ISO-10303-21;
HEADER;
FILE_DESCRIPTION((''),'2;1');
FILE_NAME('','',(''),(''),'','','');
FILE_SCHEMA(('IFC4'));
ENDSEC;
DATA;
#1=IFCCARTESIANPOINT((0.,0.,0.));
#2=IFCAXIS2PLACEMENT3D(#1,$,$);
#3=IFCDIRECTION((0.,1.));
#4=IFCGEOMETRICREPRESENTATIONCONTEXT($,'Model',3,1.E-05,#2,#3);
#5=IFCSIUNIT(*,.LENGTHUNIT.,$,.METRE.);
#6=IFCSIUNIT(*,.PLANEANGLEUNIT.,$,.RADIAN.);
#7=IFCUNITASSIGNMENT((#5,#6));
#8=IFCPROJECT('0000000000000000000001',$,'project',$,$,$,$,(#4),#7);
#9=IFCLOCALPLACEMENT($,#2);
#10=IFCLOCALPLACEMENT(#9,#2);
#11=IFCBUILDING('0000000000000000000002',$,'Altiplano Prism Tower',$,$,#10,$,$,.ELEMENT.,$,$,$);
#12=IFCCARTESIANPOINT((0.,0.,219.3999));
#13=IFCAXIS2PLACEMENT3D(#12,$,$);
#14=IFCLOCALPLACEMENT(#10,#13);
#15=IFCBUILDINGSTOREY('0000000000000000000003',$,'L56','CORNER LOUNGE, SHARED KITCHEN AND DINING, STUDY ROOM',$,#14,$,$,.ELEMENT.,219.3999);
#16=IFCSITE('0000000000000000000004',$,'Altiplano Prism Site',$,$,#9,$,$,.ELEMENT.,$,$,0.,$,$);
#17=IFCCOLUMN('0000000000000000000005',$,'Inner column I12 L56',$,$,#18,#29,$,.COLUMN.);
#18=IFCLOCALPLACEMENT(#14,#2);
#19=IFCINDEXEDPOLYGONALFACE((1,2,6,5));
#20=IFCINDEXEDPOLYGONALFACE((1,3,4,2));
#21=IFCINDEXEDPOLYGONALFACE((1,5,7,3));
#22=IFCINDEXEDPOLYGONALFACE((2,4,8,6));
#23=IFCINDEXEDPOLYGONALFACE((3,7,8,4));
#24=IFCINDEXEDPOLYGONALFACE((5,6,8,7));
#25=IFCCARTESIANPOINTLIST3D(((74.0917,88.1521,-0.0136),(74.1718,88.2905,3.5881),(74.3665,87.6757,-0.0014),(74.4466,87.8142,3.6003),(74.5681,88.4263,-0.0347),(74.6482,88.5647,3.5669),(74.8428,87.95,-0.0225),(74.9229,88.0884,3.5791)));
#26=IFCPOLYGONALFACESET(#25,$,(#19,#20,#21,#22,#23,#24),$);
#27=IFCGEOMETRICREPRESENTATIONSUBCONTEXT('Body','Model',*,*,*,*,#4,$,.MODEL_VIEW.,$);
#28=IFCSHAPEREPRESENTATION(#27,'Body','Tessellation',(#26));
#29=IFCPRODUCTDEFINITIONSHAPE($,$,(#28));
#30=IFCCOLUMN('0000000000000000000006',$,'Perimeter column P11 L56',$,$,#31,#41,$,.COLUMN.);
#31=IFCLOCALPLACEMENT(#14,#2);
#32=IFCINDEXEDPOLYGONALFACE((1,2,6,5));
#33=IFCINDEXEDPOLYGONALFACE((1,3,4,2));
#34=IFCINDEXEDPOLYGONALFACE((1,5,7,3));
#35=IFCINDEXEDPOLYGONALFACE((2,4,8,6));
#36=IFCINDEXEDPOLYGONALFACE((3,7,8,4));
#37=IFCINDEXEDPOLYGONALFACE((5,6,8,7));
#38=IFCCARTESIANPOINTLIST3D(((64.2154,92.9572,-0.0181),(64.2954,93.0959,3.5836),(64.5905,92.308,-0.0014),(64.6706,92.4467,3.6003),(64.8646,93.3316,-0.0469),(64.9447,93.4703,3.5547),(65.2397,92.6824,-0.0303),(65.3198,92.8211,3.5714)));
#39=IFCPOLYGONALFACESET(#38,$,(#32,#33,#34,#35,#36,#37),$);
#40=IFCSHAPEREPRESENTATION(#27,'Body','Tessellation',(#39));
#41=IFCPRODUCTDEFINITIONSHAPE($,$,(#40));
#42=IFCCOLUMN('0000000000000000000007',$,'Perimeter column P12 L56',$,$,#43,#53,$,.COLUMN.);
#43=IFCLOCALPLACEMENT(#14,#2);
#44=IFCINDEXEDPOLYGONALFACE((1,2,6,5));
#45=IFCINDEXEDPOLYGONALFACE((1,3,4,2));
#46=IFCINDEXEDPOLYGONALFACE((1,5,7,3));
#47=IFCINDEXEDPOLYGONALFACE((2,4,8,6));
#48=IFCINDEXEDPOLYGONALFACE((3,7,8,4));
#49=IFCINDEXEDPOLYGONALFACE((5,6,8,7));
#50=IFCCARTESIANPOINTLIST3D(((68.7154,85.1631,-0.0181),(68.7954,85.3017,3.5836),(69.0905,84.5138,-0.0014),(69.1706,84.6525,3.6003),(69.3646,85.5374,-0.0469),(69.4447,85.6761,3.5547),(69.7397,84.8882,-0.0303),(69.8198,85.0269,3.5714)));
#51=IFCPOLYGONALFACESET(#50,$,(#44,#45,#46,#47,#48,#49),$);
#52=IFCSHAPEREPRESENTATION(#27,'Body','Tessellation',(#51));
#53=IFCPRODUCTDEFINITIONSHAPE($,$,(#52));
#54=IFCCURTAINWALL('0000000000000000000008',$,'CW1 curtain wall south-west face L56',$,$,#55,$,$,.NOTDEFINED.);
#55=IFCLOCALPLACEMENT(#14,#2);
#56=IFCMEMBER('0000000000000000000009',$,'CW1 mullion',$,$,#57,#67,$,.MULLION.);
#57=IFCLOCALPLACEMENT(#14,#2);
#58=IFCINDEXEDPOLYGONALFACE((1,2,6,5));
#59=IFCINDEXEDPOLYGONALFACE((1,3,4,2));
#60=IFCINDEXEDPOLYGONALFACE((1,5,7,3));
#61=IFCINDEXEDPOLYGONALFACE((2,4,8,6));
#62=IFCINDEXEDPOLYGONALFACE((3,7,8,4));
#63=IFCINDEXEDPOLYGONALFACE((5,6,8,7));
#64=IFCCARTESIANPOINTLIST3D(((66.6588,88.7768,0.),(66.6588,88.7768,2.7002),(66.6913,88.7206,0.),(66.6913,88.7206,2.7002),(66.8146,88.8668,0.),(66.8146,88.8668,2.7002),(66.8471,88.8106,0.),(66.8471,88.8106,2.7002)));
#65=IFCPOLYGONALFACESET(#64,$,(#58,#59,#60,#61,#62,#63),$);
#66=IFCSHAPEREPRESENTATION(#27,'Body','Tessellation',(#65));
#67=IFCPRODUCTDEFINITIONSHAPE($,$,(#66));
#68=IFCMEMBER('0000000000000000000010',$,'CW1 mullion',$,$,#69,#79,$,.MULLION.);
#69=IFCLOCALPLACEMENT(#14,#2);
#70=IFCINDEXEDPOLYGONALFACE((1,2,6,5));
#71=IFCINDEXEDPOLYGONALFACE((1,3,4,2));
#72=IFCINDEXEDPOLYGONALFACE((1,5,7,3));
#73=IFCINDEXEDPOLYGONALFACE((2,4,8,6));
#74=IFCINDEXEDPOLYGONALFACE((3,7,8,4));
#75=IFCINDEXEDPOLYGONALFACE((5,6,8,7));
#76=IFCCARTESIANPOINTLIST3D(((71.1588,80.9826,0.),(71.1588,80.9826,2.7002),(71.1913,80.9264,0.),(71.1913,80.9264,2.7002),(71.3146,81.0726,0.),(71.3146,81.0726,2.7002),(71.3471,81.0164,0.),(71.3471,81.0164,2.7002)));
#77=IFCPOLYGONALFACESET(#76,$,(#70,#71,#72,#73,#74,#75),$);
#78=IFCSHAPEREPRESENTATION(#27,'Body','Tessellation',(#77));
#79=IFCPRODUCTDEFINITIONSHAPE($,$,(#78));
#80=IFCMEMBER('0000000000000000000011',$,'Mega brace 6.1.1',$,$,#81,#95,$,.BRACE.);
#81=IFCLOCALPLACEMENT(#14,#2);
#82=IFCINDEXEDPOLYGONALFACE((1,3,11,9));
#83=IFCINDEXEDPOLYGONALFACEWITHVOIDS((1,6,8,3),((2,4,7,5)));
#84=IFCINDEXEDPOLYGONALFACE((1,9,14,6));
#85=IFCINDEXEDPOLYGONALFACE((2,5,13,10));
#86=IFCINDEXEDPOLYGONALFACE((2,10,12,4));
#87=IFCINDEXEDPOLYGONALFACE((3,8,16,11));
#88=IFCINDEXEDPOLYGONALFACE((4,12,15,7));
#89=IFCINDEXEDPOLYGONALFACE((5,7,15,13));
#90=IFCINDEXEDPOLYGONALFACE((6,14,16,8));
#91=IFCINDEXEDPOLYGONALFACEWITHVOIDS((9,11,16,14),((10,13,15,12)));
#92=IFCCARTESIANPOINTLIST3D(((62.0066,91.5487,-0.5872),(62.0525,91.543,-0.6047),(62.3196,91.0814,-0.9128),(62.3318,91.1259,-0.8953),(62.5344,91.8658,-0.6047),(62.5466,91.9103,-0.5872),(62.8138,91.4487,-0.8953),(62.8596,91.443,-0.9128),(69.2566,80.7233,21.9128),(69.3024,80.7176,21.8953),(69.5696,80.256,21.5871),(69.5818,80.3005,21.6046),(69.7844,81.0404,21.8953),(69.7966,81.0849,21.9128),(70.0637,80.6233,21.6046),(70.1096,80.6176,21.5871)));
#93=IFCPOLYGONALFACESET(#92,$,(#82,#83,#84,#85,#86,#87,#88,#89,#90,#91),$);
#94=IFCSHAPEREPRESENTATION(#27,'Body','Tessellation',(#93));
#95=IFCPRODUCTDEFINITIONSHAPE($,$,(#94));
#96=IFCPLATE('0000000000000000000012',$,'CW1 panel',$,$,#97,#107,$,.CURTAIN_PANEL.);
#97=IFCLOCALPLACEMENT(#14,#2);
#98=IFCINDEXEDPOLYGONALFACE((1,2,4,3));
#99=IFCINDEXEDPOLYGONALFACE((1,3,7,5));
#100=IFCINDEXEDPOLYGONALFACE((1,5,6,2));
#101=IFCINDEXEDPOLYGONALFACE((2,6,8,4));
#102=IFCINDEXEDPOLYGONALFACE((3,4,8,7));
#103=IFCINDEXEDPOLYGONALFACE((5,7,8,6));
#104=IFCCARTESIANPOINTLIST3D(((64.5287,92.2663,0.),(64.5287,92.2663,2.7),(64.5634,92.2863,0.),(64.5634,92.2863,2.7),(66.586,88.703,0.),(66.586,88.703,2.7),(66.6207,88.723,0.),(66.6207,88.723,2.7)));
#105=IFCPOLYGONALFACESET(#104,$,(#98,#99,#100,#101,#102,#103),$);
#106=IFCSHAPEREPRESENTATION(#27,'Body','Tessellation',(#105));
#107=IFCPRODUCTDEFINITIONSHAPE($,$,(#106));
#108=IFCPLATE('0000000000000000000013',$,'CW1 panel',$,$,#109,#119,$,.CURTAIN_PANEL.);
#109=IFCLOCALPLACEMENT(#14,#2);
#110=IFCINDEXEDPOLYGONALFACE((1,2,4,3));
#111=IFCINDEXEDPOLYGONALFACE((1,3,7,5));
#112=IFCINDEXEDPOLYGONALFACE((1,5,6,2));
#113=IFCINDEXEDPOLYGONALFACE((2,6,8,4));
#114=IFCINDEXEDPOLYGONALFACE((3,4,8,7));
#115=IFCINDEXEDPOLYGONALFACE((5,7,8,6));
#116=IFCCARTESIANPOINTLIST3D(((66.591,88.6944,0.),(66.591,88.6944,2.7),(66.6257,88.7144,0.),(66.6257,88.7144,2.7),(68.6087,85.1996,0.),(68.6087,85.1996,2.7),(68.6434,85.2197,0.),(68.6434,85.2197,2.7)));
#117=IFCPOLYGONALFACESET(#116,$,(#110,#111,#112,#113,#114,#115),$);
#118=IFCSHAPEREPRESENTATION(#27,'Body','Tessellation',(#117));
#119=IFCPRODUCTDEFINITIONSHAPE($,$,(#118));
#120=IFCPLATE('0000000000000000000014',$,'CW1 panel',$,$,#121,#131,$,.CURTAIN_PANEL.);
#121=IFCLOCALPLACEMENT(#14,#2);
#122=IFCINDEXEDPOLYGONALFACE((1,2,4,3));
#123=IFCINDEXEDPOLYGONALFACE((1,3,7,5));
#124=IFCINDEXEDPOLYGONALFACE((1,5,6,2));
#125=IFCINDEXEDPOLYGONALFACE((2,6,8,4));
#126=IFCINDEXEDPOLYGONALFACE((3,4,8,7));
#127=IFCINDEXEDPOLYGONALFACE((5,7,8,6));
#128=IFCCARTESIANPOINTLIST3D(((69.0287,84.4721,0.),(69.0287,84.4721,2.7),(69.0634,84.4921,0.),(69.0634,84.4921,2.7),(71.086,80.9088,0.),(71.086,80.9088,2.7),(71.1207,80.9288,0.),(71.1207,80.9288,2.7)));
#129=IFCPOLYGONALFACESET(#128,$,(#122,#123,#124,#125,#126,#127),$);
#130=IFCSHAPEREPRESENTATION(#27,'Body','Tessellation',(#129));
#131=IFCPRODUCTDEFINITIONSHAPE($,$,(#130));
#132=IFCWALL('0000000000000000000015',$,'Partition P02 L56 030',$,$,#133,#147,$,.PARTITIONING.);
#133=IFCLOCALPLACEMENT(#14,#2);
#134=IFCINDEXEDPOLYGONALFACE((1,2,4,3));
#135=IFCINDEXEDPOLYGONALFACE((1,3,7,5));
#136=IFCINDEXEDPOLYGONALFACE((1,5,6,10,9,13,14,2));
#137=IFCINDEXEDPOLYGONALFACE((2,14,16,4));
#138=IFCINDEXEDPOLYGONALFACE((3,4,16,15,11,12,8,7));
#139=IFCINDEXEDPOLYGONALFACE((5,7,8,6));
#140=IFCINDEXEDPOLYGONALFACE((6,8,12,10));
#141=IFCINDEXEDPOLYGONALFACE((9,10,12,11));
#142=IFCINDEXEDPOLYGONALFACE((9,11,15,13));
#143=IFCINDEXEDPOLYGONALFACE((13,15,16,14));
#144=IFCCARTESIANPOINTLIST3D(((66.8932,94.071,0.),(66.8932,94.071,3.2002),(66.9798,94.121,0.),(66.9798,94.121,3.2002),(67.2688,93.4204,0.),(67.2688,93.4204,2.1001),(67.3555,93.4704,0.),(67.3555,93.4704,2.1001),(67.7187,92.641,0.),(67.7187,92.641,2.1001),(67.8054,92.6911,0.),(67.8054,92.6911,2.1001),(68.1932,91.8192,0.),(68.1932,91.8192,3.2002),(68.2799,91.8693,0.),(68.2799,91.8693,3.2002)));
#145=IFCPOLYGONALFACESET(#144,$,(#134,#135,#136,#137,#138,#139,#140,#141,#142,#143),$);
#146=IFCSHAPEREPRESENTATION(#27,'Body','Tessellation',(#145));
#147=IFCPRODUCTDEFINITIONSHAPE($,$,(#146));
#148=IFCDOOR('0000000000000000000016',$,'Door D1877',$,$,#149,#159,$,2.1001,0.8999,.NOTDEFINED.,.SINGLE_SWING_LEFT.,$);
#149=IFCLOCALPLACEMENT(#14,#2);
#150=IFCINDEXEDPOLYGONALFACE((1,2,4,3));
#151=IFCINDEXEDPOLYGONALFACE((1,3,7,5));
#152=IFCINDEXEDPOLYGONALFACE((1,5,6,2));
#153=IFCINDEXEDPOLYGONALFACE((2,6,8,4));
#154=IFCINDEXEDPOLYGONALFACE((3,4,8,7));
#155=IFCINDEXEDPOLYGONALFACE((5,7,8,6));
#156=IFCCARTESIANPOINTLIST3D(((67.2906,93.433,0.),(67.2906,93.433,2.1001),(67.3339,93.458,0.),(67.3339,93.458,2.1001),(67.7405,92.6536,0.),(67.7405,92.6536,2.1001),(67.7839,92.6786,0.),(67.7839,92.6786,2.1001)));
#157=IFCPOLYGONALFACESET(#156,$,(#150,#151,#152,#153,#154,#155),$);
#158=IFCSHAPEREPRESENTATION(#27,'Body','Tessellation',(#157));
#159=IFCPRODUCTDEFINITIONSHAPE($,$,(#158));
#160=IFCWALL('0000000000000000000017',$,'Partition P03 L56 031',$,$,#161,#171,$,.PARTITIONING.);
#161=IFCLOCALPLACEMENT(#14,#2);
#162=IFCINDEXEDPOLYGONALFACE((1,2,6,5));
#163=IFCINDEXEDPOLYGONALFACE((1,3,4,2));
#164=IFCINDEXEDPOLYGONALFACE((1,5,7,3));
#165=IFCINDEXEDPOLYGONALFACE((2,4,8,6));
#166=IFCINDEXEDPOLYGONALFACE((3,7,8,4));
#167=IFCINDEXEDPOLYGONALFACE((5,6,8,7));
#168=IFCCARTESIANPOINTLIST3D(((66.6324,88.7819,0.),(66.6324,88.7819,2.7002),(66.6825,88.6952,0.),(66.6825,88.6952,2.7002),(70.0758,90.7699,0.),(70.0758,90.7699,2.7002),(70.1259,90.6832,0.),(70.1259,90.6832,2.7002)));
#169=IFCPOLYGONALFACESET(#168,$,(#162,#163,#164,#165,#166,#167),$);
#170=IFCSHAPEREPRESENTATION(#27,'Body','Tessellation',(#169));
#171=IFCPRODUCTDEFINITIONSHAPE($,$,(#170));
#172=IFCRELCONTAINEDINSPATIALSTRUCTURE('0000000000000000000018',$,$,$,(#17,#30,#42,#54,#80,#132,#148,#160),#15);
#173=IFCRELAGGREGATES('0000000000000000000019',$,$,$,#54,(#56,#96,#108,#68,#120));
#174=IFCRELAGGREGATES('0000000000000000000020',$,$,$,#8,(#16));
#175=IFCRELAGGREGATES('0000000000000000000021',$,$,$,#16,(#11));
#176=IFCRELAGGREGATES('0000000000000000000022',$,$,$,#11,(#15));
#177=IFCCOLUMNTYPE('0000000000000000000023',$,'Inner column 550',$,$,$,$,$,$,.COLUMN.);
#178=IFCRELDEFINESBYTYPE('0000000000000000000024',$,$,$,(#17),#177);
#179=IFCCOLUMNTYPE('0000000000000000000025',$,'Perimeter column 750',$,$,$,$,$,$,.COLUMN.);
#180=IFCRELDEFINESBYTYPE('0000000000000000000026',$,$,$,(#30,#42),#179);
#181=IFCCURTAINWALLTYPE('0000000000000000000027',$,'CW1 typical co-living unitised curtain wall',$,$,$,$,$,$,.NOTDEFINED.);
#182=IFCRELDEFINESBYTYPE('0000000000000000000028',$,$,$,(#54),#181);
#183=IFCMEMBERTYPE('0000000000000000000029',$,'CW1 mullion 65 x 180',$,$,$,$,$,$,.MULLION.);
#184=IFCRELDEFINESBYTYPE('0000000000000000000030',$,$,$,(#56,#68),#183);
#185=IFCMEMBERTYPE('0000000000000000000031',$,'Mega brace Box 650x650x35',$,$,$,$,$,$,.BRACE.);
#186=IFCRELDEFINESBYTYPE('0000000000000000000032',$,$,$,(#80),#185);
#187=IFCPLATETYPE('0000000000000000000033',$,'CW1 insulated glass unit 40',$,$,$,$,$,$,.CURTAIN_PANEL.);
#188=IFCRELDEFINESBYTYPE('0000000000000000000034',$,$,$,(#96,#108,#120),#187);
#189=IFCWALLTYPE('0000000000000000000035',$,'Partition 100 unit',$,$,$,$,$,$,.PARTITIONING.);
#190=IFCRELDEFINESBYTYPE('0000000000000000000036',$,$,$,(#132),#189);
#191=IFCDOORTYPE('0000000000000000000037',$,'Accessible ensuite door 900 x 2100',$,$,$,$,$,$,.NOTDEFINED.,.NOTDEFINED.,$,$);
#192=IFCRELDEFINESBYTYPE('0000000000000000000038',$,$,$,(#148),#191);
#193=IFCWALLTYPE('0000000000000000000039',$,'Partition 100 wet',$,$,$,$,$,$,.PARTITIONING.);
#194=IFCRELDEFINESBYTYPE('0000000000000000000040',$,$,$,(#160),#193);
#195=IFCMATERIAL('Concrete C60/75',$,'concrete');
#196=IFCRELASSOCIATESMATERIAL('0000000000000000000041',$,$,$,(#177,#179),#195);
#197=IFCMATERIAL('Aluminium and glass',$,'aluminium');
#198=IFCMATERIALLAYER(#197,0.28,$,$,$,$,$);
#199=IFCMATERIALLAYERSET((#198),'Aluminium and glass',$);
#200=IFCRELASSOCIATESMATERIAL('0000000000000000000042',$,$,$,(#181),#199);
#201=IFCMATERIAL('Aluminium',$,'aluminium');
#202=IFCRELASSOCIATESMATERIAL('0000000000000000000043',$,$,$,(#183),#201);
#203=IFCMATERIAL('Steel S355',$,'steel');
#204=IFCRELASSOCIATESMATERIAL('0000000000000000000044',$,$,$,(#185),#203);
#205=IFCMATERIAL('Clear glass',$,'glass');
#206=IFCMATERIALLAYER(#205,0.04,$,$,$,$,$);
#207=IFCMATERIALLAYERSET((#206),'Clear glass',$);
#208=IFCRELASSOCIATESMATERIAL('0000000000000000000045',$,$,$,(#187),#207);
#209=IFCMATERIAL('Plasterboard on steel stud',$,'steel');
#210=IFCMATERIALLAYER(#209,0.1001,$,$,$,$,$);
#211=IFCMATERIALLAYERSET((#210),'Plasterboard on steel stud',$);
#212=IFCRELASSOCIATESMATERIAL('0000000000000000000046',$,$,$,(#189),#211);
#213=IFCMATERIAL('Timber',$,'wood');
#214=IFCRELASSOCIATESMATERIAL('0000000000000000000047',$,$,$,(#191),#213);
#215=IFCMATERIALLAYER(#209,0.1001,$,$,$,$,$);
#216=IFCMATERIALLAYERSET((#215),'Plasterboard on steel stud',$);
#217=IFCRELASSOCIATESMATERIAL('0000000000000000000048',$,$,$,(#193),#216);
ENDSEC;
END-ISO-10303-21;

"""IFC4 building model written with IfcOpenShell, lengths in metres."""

from ifc_helpers import new_model, si_unit, direction, frame, frame_2d, origin, origin_2d, place, context, subcontext, project, spatial, rectangle, hollow_rectangle, extrude, material, layer, layer_set, material_profile, profile_set, type_object, element, fill, aggregate, save


model = new_model("IFC4")

# Units and contexts
model_context = context("Model", 3, precision=1e-05, world=origin(), true_north=direction((0.0, 1.0)))
body_context = subcontext(model_context, "Body", "Model", "MODEL_VIEW")
ifc_project = project(units=[si_unit("LENGTHUNIT", "METRE"), si_unit("PLANEANGLEUNIT", "RADIAN")], contexts=[model_context])

# Site, building, storey
site_placement = place(None, origin())
site = spatial("IfcSite", under=ifc_project, at=site_placement, Name="Altiplano Prism Site", CompositionType="ELEMENT", RefElevation=0.0)
building_placement = place(site_placement, origin())
building = spatial("IfcBuilding", under=site, at=building_placement, Name="Altiplano Prism Tower", CompositionType="ELEMENT")
storey_placement = place(building_placement, frame((0.0, 0.0, 219.3999)))
storey = spatial("IfcBuildingStorey", under=building, at=storey_placement, Name="L56", Description="CORNER LOUNGE, SHARED KITCHEN AND DINING, STUDY ROOM", CompositionType="ELEMENT", Elevation=219.3999)

# Columns
ifc_material_1 = material(Name="Concrete C60/75", Category="concrete")
ifc_material_profile_1 = material_profile(ifc_material_1, rectangle(XDim=0.55, YDim=0.55, at=origin_2d()), Name="Inner column 550")
ifc_profile_set_1 = profile_set([ifc_material_profile_1], Name="Concrete C60/75")
column_type_1 = type_object("IfcColumnType", Name="Inner column 550", PredefinedType="COLUMN", material=ifc_profile_set_1)
column_placement = place(storey_placement, frame((74.4673, 88.051, -0.0181), z_axis=(0.022212, 0.038398, 0.999016), x_axis=(-0.866024, -0.498524, 0.038416)))
element("IfcColumn", 1, at=column_placement, inside=storey, type_object=column_type_1, Name="Inner column I12 L56", PredefinedType="COLUMN", context=body_context, shape_type="SweptSolid", body=[
    extrude(rectangle(XDim=0.55, YDim=0.55, at=origin_2d()), origin(), (0.0, 0.0, 1.0), 3.6052),
])
ifc_material_profile_2 = material_profile(ifc_material_1, rectangle(XDim=0.75, YDim=0.75, at=origin_2d()), Name="Perimeter column 750")
ifc_profile_set_2 = profile_set([ifc_material_profile_2], Name="Concrete C60/75")
column_type_2 = type_object("IfcColumnType", Name="Perimeter column 750", PredefinedType="COLUMN", material=ifc_profile_set_2)
for number, where, z_axis, x_axis, name in (
    (2, (64.7275, 92.8198, -0.0242), (0.022212, 0.038465, 0.999013), (-0.865642, -0.499183, 0.038467), "Perimeter column P11 L56"),
    (3, (69.2275, 85.0256, -0.0242), (0.022212, 0.038465, 0.999013), (-0.865642, -0.499183, 0.038467), "Perimeter column P12 L56"),
):
    element("IfcColumn", number, at=place(storey_placement, frame(where, z_axis=z_axis, x_axis=x_axis)), inside=storey, type_object=column_type_2, Name=name, PredefinedType="COLUMN", context=body_context, shape_type="SweptSolid", body=[
        extrude(rectangle(XDim=0.75, YDim=0.75, at=origin_2d()), origin(), (0.0, 0.0, 1.0), 3.6052),
    ])

# Curtain wall, members
ifc_material_2 = material(Name="Aluminium and glass", Category="aluminium")
ifc_layer_1 = layer(ifc_material_2, 0.28)
ifc_layer_set_1 = layer_set([ifc_layer_1], Name="Aluminium and glass")
curtain_wall_type = type_object("IfcCurtainWallType", Name="CW1 typical co-living unitised curtain wall", PredefinedType="NOTDEFINED", material=ifc_layer_set_1)
curtain_wall_placement = place(storey_placement, origin())
curtain_wall = element("IfcCurtainWall", 4, at=curtain_wall_placement, inside=storey, type_object=curtain_wall_type, Name="CW1 curtain wall south-west face L56", PredefinedType="NOTDEFINED")
ifc_material_3 = material(Name="Aluminium", Category="aluminium")
ifc_material_profile_3 = material_profile(ifc_material_3, rectangle(XDim=0.1799, YDim=0.0649, at=origin_2d()), Name="CW1 mullion 65 x 180")
ifc_profile_set_3 = profile_set([ifc_material_profile_3], Name="Aluminium")
member_type_1 = type_object("IfcMemberType", Name="CW1 mullion 65 x 180", PredefinedType="MULLION", material=ifc_profile_set_3)
member_1_placement = place(storey_placement, frame((66.7529, 88.7937, 0.0), z_axis=(0.0, 0.0, 1.0), x_axis=(0.866025, 0.5, 0.0)))
member_1 = element("IfcMember", 5, at=member_1_placement, type_object=member_type_1, Name="CW1 mullion", PredefinedType="MULLION", context=body_context, shape_type="SweptSolid", body=[
    extrude(rectangle(XDim=0.1799, YDim=0.0649, at=origin_2d()), origin(), (0.0, 0.0, 1.0), 2.7002),
])
member_2_placement = place(storey_placement, frame((71.2529, 80.9995, 0.0), z_axis=(0.0, 0.0, 1.0), x_axis=(0.866025, 0.5, 0.0)))
member_2 = element("IfcMember", 6, at=member_2_placement, type_object=member_type_1, Name="CW1 mullion", PredefinedType="MULLION", context=body_context, shape_type="SweptSolid", body=[
    extrude(rectangle(XDim=0.1799, YDim=0.0649, at=origin_2d()), origin(), (0.0, 0.0, 1.0), 2.7002),
])

# Member
ifc_material_4 = material(Name="Steel S355", Category="steel")
ifc_material_profile_4 = material_profile(ifc_material_4, hollow_rectangle(XDim=0.6499, YDim=0.6499, WallThickness=0.0349, at=origin_2d()), Name="Mega brace Box 650x650x35")
ifc_profile_set_4 = profile_set([ifc_material_profile_4], Name="Steel S355")
member_type_2 = type_object("IfcMemberType", Name="Mega brace Box 650x650x35", PredefinedType="BRACE", material=ifc_profile_set_4)
member_3_placement = place(storey_placement, frame((62.4331, 91.4958, -0.75), z_axis=(0.278846, -0.416362, 0.865383), x_axis=(0.830878, 0.556455, 0.0)))
element("IfcMember", 7, at=member_3_placement, inside=storey, type_object=member_type_2, Name="Mega brace 6.1.1", PredefinedType="BRACE", context=body_context, shape_type="SweptSolid", body=[
    extrude(hollow_rectangle(XDim=0.6499, YDim=0.6499, WallThickness=0.0349, at=origin_2d()), origin(), (0.0, 0.0, 1.0), 26.0),
])

# Plates
ifc_material_5 = material(Name="Clear glass", Category="glass")
ifc_layer_2 = layer(ifc_material_5, 0.04)
ifc_layer_set_2 = layer_set([ifc_layer_2], Name="Clear glass")
plate_type = type_object("IfcPlateType", Name="CW1 insulated glass unit 40", PredefinedType="CURTAIN_PANEL", material=ifc_layer_set_2)
plate_1_placement = place(storey_placement, frame((65.5747, 90.4946, 0.0), z_axis=(0.0, 0.0, 1.0), x_axis=(0.5, -0.866025, 0.0)))
plate_1 = element("IfcPlate", 8, at=plate_1_placement, type_object=plate_type, Name="CW1 panel", PredefinedType="CURTAIN_PANEL", context=body_context, shape_type="SweptSolid", body=[
    extrude(rectangle(XDim=4.1145, YDim=0.04, at=origin_2d()), origin(), (0.0, 0.0, 1.0), 2.7),
])
plate_2_placement = place(storey_placement, frame((67.6172, 86.957, 0.0), z_axis=(0.0, 0.0, 1.0), x_axis=(0.5, -0.866025, 0.0)))
plate_2 = element("IfcPlate", 9, at=plate_2_placement, type_object=plate_type, Name="CW1 panel", PredefinedType="CURTAIN_PANEL", context=body_context, shape_type="SweptSolid", body=[
    extrude(rectangle(XDim=4.0354, YDim=0.04, at=origin_2d()), origin(), (0.0, 0.0, 1.0), 2.7),
])
plate_3_placement = place(storey_placement, frame((70.0747, 82.7004, 0.0), z_axis=(0.0, 0.0, 1.0), x_axis=(0.5, -0.866025, 0.0)))
plate_3 = element("IfcPlate", 10, at=plate_3_placement, type_object=plate_type, Name="CW1 panel", PredefinedType="CURTAIN_PANEL", context=body_context, shape_type="SweptSolid", body=[
    extrude(rectangle(XDim=4.1145, YDim=0.04, at=origin_2d()), origin(), (0.0, 0.0, 1.0), 2.7),
])
aggregate(curtain_wall, [member_1, plate_1, plate_2, member_2, plate_3])

# Wall, opening, door
ifc_material_6 = material(Name="Plasterboard on steel stud", Category="steel")
ifc_layer_3 = layer(ifc_material_6, 0.1001)
ifc_layer_set_3 = layer_set([ifc_layer_3], Name="Plasterboard on steel stud")
wall_type_1 = type_object("IfcWallType", Name="Partition 100 unit", PredefinedType="PARTITIONING", material=ifc_layer_set_3)
wall_1_placement = place(storey_placement, frame((68.2366, 91.8442, 0.0), z_axis=(0.0, 0.0, 1.0), x_axis=(-0.500007, 0.866021, 0.0)))
wall_1 = element("IfcWall", 11, at=wall_1_placement, inside=storey, type_object=wall_type_1, Name="Partition P02 L56 030", PredefinedType="PARTITIONING", context=body_context, shape_type="SweptSolid", body=[
    extrude(rectangle(XDim=2.6001, YDim=0.1001, at=frame_2d((1.3, 0.0))), origin(), (0.0, 0.0, 1.0), 3.2002),
])
opening_1_placement = place(wall_1_placement, frame((0.949, 0.0, 0.0)))
opening_1 = element("IfcOpeningElement", 12, at=opening_1_placement, cuts=wall_1, PredefinedType="OPENING", context=body_context, shape_type="SweptSolid", body=[
    extrude(rectangle(XDim=0.8999, YDim=2.1001, at=frame_2d((0.45, 1.05))), frame((0.0, 0.0605, 0.0), z_axis=(0.0, -1.0, 0.0), x_axis=(1.0, 0.0, 0.0)), (0.0, 0.0, 1.0), 0.1211),
])
ifc_material_7 = material(Name="Timber", Category="wood")
door_type_1 = type_object("IfcDoorType", Name="Accessible ensuite door 900 x 2100", OperationType="NOTDEFINED", PredefinedType="NOTDEFINED", material=ifc_material_7)
door_1_placement = place(opening_1_placement, origin())
door_1 = element("IfcDoor", 13, at=door_1_placement, inside=storey, type_object=door_type_1, Name="Door D1877", OperationType="SINGLE_SWING_LEFT", OverallHeight=2.1001, OverallWidth=0.8999, PredefinedType="NOTDEFINED", context=body_context, shape_type="SweptSolid", body=[
    extrude(rectangle(XDim=0.8999, YDim=2.1001, at=frame_2d((0.45, 1.05))), frame((0.0, 0.0249, 0.0), z_axis=(0.0, -1.0, 0.0), x_axis=(1.0, 0.0, 0.0)), (0.0, 0.0, 1.0), 0.05),
])
fill(opening_1, door_1)

# Wall
ifc_layer_4 = layer(ifc_material_6, 0.1001)
ifc_layer_set_4 = layer_set([ifc_layer_4], Name="Plasterboard on steel stud")
wall_type_2 = type_object("IfcWallType", Name="Partition 100 wet", PredefinedType="PARTITIONING", material=ifc_layer_set_4)
wall_2_placement = place(storey_placement, frame((66.6575, 88.7385, 0.0), z_axis=(0.0, 0.0, 1.0), x_axis=(0.866024, 0.500002, 0.0)))
element("IfcWall", 14, at=wall_2_placement, inside=storey, type_object=wall_type_2, Name="Partition P03 L56 031", PredefinedType="PARTITIONING", context=body_context, shape_type="SweptSolid", body=[
    extrude(rectangle(XDim=3.9761, YDim=0.1001, at=frame_2d((1.988, 0.0))), origin(), (0.0, 0.0, 1.0), 2.7002),
])

save(model, "model.ifc")
